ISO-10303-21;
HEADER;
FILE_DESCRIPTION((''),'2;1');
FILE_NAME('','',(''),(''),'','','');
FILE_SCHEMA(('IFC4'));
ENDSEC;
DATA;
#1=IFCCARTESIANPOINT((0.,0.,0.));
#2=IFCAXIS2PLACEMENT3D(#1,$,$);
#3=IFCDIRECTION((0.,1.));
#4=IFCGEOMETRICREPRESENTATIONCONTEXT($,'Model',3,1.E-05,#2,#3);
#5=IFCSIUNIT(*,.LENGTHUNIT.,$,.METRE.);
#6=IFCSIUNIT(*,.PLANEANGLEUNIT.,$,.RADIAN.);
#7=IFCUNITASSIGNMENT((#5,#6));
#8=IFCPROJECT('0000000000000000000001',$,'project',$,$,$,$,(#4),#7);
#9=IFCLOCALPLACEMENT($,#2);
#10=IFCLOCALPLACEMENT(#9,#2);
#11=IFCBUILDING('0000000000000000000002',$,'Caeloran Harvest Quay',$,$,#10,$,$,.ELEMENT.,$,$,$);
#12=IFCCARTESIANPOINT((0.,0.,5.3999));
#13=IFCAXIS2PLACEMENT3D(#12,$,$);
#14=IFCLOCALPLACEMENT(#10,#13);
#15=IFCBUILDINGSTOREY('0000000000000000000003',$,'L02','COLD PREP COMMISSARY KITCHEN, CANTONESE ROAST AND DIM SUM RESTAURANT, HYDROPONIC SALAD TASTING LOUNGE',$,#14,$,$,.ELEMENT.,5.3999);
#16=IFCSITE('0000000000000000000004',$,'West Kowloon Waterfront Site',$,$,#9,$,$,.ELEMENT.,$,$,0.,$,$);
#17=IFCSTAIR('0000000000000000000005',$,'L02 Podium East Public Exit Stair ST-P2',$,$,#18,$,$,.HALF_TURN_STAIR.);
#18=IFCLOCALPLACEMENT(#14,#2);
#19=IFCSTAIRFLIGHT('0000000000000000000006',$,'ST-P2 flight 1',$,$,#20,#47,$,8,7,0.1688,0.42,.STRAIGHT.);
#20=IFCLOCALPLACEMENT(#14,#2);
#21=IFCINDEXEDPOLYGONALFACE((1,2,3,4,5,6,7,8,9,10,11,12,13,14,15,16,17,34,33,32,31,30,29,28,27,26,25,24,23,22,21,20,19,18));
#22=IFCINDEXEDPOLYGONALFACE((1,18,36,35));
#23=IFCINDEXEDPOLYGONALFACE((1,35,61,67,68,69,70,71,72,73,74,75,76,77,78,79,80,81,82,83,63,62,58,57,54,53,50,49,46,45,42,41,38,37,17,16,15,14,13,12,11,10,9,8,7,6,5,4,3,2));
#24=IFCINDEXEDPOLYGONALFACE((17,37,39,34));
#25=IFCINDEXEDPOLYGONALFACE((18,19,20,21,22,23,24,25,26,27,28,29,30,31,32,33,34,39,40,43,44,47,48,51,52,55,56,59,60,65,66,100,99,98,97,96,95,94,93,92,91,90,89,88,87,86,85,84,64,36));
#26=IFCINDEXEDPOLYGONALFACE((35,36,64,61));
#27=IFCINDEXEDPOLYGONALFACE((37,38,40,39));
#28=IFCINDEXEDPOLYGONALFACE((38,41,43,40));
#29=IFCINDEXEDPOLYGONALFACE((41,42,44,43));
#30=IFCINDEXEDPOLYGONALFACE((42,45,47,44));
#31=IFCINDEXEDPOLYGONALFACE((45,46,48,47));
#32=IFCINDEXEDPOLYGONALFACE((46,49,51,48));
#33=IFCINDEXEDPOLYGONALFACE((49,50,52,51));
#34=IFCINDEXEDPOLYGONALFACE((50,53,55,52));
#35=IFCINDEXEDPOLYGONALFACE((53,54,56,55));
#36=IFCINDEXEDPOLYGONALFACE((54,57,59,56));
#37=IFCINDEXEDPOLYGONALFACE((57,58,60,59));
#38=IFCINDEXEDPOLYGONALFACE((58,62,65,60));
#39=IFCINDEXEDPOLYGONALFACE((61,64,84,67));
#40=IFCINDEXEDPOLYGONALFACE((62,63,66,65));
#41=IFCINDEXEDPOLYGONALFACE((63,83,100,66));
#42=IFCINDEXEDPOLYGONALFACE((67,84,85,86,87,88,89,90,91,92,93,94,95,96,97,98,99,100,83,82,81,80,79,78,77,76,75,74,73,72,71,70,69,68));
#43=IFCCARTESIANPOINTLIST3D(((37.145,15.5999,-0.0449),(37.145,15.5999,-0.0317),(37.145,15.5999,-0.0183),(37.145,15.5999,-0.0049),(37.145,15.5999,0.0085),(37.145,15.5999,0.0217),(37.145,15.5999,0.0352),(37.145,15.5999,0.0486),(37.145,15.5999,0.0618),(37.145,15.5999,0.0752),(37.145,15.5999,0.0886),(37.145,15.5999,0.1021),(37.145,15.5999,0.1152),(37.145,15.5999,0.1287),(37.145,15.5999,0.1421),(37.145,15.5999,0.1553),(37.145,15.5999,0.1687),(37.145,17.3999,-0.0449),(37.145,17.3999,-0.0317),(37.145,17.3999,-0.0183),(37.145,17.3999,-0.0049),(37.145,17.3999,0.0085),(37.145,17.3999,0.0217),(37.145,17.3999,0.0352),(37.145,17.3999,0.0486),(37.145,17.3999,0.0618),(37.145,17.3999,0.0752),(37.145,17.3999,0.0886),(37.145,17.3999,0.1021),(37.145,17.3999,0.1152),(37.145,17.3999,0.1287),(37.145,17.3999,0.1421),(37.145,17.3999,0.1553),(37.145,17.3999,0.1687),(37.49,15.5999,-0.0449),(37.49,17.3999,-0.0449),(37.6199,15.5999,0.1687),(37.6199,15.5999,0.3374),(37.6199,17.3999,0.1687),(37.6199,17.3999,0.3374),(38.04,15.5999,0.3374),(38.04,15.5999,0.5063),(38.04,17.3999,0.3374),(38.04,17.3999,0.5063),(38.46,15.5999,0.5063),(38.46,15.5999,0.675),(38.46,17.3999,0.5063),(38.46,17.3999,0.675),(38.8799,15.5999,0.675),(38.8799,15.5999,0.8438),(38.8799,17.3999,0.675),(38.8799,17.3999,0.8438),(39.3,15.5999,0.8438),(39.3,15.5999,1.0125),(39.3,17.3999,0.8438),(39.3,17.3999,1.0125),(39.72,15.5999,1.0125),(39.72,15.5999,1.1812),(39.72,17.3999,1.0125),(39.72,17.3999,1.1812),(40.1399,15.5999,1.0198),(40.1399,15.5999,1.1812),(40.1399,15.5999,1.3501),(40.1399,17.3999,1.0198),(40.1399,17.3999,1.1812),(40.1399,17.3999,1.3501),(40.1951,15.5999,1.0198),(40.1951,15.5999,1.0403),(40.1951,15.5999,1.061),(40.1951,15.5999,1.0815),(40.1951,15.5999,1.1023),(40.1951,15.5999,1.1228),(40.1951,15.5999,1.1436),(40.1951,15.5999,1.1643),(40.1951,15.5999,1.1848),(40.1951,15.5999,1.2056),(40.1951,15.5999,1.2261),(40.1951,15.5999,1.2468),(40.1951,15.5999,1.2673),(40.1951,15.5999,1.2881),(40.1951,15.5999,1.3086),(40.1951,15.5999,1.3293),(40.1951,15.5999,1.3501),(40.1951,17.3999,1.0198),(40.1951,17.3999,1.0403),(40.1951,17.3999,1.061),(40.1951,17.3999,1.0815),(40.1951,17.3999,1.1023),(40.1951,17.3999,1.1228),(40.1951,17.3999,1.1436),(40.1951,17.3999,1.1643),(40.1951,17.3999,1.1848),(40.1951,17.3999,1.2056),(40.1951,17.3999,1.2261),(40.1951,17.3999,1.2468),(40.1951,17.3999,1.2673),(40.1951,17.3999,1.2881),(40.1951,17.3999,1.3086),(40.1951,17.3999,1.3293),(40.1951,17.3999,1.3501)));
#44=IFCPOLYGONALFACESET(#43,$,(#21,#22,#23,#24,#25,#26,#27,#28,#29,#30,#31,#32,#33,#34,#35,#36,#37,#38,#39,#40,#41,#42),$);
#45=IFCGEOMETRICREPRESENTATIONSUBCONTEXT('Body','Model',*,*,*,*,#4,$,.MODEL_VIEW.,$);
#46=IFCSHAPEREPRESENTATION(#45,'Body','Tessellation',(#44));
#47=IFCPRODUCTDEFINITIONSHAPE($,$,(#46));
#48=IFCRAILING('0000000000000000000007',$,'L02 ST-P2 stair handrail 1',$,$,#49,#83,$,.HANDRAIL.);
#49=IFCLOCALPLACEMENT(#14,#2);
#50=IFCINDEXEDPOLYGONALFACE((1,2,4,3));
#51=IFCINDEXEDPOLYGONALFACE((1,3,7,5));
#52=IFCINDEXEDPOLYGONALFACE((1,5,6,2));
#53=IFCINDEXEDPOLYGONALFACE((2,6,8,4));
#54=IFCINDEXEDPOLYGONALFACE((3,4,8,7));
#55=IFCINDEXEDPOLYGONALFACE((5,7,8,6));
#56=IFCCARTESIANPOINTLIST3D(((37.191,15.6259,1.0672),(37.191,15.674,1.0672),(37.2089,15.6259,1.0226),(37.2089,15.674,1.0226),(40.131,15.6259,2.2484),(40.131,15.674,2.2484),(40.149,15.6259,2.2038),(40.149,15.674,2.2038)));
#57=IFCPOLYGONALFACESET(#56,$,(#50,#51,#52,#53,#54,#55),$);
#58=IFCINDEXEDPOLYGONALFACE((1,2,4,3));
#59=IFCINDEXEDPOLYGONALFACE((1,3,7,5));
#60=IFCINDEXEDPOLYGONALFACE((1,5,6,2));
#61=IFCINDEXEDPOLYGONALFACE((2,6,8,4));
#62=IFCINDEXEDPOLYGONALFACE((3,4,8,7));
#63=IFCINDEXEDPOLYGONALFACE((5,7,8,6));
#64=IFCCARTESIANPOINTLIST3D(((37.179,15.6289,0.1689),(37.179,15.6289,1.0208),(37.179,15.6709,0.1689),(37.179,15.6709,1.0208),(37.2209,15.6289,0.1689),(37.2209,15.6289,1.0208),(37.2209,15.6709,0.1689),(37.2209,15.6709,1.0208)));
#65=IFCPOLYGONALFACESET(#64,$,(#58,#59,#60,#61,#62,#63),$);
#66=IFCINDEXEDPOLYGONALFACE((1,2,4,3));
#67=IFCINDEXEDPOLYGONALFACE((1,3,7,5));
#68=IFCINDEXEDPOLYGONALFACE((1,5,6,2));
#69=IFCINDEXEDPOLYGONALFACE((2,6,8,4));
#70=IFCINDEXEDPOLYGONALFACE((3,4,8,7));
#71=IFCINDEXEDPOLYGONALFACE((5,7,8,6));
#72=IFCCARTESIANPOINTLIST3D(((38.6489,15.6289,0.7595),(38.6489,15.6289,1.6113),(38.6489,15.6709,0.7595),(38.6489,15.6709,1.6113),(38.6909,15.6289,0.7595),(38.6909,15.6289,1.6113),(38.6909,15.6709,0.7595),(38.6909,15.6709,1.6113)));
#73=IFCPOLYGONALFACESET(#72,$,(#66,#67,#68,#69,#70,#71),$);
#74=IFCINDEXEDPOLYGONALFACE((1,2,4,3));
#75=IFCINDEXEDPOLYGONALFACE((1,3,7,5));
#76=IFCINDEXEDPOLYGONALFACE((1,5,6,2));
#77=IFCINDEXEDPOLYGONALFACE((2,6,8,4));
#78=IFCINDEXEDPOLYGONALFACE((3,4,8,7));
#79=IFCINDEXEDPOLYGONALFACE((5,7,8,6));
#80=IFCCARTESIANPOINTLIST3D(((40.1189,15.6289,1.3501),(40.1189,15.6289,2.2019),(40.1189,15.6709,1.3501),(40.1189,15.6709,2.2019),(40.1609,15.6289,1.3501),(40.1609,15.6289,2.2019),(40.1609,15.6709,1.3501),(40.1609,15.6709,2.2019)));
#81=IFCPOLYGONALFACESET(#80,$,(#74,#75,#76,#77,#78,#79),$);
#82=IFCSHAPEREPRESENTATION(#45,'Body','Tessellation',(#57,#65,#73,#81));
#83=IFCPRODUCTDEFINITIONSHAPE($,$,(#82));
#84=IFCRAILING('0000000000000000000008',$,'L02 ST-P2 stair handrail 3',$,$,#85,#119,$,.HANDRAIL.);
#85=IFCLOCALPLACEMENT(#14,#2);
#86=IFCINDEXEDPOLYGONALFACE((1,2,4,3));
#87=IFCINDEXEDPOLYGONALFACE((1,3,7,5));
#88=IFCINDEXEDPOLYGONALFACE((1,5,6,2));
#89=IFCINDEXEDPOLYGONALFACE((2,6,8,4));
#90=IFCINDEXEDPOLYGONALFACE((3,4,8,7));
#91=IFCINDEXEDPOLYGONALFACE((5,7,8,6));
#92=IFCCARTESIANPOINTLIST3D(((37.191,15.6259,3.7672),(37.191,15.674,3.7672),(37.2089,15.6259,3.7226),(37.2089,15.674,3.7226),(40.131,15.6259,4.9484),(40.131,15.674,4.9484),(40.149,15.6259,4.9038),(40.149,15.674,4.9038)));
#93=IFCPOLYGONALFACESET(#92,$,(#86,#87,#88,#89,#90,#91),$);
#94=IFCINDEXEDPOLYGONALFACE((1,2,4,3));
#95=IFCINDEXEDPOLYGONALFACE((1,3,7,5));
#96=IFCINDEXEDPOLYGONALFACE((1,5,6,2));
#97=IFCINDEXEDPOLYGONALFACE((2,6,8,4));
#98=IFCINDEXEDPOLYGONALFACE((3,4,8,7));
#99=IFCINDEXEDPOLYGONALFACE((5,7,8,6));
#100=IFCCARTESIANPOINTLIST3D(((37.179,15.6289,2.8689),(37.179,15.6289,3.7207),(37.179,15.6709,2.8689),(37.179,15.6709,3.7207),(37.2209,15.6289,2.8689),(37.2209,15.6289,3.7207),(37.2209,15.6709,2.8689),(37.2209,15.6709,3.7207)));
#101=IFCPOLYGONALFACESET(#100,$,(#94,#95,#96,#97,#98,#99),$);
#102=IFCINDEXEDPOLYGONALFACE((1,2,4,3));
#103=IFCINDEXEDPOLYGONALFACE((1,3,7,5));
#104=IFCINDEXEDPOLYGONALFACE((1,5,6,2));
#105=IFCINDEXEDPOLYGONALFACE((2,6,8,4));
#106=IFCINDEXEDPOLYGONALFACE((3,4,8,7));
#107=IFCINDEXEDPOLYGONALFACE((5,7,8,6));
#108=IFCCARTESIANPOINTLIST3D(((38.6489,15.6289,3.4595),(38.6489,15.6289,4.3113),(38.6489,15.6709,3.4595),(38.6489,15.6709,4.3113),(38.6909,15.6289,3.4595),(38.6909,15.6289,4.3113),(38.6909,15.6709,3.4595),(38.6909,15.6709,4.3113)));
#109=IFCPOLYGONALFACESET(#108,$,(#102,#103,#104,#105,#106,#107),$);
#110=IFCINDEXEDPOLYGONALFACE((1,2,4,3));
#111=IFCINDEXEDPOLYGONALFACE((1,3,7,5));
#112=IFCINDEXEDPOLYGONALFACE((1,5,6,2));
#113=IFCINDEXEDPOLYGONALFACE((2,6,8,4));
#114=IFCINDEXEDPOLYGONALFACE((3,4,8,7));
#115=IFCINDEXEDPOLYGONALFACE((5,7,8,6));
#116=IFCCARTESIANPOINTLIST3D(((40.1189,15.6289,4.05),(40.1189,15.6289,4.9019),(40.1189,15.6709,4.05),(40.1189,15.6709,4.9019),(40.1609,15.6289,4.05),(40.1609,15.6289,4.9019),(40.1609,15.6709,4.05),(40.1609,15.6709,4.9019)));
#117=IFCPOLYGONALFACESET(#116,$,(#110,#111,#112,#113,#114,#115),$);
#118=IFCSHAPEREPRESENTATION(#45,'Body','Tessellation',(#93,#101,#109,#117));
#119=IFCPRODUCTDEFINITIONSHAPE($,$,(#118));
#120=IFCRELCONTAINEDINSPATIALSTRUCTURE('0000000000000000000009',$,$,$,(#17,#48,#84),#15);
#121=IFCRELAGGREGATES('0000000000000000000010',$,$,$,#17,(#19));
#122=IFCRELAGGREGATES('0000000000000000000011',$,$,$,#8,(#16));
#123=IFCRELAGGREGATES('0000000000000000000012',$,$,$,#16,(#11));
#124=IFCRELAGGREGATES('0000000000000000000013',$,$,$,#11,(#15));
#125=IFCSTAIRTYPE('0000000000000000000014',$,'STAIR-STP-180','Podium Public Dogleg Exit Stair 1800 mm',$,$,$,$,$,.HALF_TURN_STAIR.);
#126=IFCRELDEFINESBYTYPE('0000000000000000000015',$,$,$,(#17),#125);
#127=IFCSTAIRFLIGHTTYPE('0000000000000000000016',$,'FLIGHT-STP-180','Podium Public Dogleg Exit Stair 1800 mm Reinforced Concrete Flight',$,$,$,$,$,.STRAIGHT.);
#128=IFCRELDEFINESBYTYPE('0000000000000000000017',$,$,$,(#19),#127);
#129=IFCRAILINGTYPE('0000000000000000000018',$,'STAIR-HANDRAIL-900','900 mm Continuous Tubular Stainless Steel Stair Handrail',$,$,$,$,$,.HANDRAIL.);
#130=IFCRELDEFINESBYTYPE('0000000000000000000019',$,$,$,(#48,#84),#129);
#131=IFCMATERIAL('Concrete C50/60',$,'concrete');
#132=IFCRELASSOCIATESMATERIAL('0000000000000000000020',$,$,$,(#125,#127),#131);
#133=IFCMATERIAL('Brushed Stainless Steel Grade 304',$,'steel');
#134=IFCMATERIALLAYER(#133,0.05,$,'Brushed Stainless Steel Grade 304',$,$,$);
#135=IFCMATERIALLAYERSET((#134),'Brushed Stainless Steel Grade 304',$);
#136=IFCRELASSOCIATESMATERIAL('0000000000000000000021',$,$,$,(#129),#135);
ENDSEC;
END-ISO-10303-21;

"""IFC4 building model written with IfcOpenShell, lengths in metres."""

from ifc_helpers import new_model, si_unit, direction, frame, origin, origin_2d, place, context, subcontext, project, spatial, polyline, rectangle, outline, extrude, material, layer, layer_set, type_object, element, aggregate, save


model = new_model("IFC4")

# Units and contexts
model_context = context("Model", 3, precision=1e-05, world=origin(), true_north=direction((0.0, 1.0)))
body_context = subcontext(model_context, "Body", "Model", "MODEL_VIEW")
ifc_project = project(units=[si_unit("LENGTHUNIT", "METRE"), si_unit("PLANEANGLEUNIT", "RADIAN")], contexts=[model_context])

# Site, building, storey
site_placement = place(None, origin())
site = spatial("IfcSite", under=ifc_project, at=site_placement, Name="West Kowloon Waterfront Site", CompositionType="ELEMENT", RefElevation=0.0)
building_placement = place(site_placement, origin())
building = spatial("IfcBuilding", under=site, at=building_placement, Name="Caeloran Harvest Quay", CompositionType="ELEMENT")
storey_placement = place(building_placement, frame((0.0, 0.0, 5.3999)))
storey = spatial("IfcBuildingStorey", under=building, at=storey_placement, Name="L02", Description="COLD PREP COMMISSARY KITCHEN, CANTONESE ROAST AND DIM SUM RESTAURANT, HYDROPONIC SALAD TASTING LOUNGE", CompositionType="ELEMENT", Elevation=5.3999)

# Stair, stair flight
ifc_material_1 = material(Name="Concrete C50/60", Category="concrete")
stair_type = type_object("IfcStairType", Name="STAIR-STP-180", Description="Podium Public Dogleg Exit Stair 1800 mm", PredefinedType="HALF_TURN_STAIR", material=ifc_material_1)
stair_placement = place(storey_placement, origin())
stair = element("IfcStair", 1, at=stair_placement, inside=storey, type_object=stair_type, Name="L02 Podium East Public Exit Stair ST-P2", PredefinedType="HALF_TURN_STAIR")
stair_flight_type = type_object("IfcStairFlightType", Name="FLIGHT-STP-180", Description="Podium Public Dogleg Exit Stair 1800 mm Reinforced Concrete Flight", PredefinedType="STRAIGHT", material=ifc_material_1)
stair_flight_placement = place(storey_placement, frame((37.2, 16.5, 0.0), z_axis=(0.0, 0.0, 1.0), x_axis=(1.0, 0.0, 0.0)))
stair_flight = element("IfcStairFlight", 2, at=stair_flight_placement, type_object=stair_flight_type, Name="ST-P2 flight 1", NumberOfRisers=8, NumberOfTreads=7, PredefinedType="STRAIGHT", RiserHeight=0.1688, TreadLength=0.42, context=body_context, shape_type="SweptSolid", body=[
    extrude(outline(polyline([(-0.0549, -0.0449), (-0.0549, -0.0317), (-0.0549, -0.0183), (-0.0549, -0.0049), (-0.0549, 0.0085), (-0.0549, 0.0217), (-0.0549, 0.0352), (-0.0549, 0.0486), (-0.0549, 0.0618), (-0.0549, 0.0752), (-0.0549, 0.0886), (-0.0549, 0.1021), (-0.0549, 0.1152), (-0.0549, 0.1287), (-0.0549, 0.1421), (-0.0549, 0.1553), (-0.0549, 0.1687), (0.4199, 0.1687), (0.4199, 0.3374), (0.8401, 0.3374), (0.8401, 0.5063), (1.26, 0.5063), (1.26, 0.675), (1.6799, 0.675), (1.6799, 0.8438), (2.1001, 0.8438), (2.1001, 1.0125), (2.52, 1.0125), (2.52, 1.1812), (2.9399, 1.1812), (2.9399, 1.3501), (2.9951, 1.3501), (2.9951, 1.3293), (2.9951, 1.3086), (2.9951, 1.2881), (2.9951, 1.2673), (2.9951, 1.2468), (2.9951, 1.2261), (2.9951, 1.2056), (2.9951, 1.1848), (2.9951, 1.1643), (2.9951, 1.1436), (2.9951, 1.1228), (2.9951, 1.1023), (2.9951, 1.0815), (2.9951, 1.061), (2.9951, 1.0403), (2.9951, 1.0198), (2.9399, 1.0198), (0.29, -0.0449), (-0.0549, -0.0449)])), frame((0.0, 0.8999, 0.0), z_axis=(0.0, -1.0, 0.0), x_axis=(1.0, 0.0, 0.0)), (0.0, 0.0, 1.0), 1.8),
])
aggregate(stair, [stair_flight])

# Railings
ifc_material_2 = material(Name="Brushed Stainless Steel Grade 304", Category="steel")
ifc_layer_1 = layer(ifc_material_2, 0.05, Name="Brushed Stainless Steel Grade 304")
ifc_layer_set_1 = layer_set([ifc_layer_1], Name="Brushed Stainless Steel Grade 304")
railing_type = type_object("IfcRailingType", Name="STAIR-HANDRAIL-900", Description="900 mm Continuous Tubular Stainless Steel Stair Handrail", PredefinedType="HANDRAIL", material=ifc_layer_set_1)
for number, where, name in (
    (3, (37.2, 15.6499, 0.1689), "L02 ST-P2 stair handrail 1"),
    (4, (37.2, 15.6499, 2.8689), "L02 ST-P2 stair handrail 3"),
):
    element("IfcRailing", number, at=place(storey_placement, frame(where)), inside=storey, type_object=railing_type, Name=name, PredefinedType="HANDRAIL", context=body_context, shape_type="SweptSolid", body=[
        extrude(rectangle(XDim=0.0481, YDim=0.0481, at=origin_2d()), frame((0.0, 0.0, 0.876), z_axis=(0.927912, 0.0, 0.372799), x_axis=(0.0, 1.0, 0.0)), (0.0, 0.0, 1.0), 3.1685),
        extrude(rectangle(XDim=0.042, YDim=0.042, at=origin_2d()), origin(), (0.0, 0.0, 1.0), 0.8518),
        extrude(rectangle(XDim=0.042, YDim=0.042, at=origin_2d()), frame((1.47, 0.0, 0.5906)), (0.0, 0.0, 1.0), 0.8518),
        extrude(rectangle(XDim=0.042, YDim=0.042, at=origin_2d()), frame((2.9399, 0.0, 1.1812)), (0.0, 0.0, 1.0), 0.8518),
    ])

save(model, "model.ifc")
